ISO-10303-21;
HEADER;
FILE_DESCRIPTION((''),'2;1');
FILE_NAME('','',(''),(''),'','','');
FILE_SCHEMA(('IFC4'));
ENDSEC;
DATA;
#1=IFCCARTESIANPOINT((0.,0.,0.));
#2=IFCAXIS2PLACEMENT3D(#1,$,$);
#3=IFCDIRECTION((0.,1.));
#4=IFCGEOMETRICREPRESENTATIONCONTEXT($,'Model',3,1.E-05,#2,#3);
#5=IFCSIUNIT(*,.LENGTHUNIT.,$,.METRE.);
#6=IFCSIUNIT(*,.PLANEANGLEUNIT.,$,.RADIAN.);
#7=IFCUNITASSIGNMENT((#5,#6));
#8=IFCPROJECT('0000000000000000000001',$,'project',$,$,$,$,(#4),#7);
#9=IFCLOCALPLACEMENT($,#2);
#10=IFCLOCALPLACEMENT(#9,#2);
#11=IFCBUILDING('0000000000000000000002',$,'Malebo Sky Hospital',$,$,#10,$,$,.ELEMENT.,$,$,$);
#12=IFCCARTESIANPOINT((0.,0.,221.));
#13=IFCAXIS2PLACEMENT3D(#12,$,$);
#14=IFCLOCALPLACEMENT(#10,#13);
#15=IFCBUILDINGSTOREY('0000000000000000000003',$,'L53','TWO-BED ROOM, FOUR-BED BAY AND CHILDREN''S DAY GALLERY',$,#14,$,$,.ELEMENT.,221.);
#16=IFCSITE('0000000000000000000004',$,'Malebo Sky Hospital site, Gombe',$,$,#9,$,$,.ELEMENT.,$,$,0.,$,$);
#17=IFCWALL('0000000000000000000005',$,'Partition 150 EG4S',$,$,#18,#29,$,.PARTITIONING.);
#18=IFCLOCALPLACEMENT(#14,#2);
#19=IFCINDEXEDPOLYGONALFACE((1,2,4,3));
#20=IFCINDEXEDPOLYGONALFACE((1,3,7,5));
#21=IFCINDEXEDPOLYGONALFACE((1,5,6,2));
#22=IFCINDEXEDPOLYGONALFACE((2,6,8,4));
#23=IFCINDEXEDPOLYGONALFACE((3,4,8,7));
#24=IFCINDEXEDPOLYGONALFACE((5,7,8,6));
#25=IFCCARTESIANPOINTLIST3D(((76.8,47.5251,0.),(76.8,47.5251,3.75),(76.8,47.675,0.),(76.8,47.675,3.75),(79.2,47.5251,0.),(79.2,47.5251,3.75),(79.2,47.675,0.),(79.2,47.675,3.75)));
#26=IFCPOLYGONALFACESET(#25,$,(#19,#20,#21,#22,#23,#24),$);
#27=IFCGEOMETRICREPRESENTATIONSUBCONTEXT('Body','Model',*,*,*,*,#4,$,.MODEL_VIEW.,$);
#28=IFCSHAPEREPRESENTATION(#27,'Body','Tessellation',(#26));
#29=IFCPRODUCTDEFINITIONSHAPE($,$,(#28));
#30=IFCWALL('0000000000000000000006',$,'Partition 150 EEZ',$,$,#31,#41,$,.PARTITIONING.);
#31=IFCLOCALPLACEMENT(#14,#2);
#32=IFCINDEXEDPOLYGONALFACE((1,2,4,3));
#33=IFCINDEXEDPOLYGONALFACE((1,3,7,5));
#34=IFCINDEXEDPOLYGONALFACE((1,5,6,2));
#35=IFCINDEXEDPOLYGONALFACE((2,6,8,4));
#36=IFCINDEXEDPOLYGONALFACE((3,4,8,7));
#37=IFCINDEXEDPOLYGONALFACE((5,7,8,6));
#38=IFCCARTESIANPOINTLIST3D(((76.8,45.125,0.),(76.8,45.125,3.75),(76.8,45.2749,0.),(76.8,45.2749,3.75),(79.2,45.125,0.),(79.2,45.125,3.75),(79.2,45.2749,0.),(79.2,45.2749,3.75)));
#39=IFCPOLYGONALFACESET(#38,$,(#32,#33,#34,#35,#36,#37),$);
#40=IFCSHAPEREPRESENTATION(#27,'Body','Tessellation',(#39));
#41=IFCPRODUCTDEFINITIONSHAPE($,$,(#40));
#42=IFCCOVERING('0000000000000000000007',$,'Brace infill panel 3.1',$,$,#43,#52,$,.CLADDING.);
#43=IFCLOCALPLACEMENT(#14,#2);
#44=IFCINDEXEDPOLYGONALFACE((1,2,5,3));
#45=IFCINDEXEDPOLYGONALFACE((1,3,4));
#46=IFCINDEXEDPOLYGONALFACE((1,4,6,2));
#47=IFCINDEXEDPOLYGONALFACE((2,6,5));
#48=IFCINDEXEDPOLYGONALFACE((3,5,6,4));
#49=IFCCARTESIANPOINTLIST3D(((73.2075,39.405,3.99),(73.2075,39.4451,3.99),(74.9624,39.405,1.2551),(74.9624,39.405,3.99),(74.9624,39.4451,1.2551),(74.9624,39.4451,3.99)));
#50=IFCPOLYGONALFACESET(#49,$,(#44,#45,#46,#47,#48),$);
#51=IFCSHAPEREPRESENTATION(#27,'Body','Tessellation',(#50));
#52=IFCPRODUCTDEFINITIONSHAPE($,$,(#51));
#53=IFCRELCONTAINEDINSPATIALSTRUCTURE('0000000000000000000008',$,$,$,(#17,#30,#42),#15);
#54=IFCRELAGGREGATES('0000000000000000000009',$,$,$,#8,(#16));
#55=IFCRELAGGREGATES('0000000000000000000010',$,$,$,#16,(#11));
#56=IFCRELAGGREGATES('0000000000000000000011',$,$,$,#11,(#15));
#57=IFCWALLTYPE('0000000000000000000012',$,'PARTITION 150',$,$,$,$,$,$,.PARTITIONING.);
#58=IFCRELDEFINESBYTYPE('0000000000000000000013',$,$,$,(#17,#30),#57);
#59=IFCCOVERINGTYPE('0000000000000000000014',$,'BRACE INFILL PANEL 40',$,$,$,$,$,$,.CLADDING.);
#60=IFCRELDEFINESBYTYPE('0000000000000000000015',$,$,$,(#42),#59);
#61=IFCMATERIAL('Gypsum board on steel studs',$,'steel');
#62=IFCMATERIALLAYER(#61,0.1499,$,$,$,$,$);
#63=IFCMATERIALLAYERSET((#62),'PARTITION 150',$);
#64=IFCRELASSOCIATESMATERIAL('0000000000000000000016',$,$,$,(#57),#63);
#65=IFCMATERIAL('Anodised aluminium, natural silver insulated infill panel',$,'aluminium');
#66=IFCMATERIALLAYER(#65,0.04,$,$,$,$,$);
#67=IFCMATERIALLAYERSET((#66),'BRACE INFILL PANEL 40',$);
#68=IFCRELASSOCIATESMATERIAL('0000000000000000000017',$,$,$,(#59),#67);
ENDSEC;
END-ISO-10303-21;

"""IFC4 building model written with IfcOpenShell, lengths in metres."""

from ifc_helpers import new_model, si_unit, direction, frame, frame_2d, origin, place, context, subcontext, project, spatial, polyline, rectangle, outline, extrude, material, layer, layer_set, type_object, element, save


model = new_model("IFC4")

# Units and contexts
model_context = context("Model", 3, precision=1e-05, world=origin(), true_north=direction((0.0, 1.0)))
body_context = subcontext(model_context, "Body", "Model", "MODEL_VIEW")
ifc_project = project(units=[si_unit("LENGTHUNIT", "METRE"), si_unit("PLANEANGLEUNIT", "RADIAN")], contexts=[model_context])

# Site, building, storey
site_placement = place(None, origin())
site = spatial("IfcSite", under=ifc_project, at=site_placement, Name="Malebo Sky Hospital site, Gombe", CompositionType="ELEMENT", RefElevation=0.0)
building_placement = place(site_placement, origin())
building = spatial("IfcBuilding", under=site, at=building_placement, Name="Malebo Sky Hospital", CompositionType="ELEMENT")
storey_placement = place(building_placement, frame((0.0, 0.0, 221.0)))
storey = spatial("IfcBuildingStorey", under=building, at=storey_placement, Name="L53", Description="TWO-BED ROOM, FOUR-BED BAY AND CHILDREN'S DAY GALLERY", CompositionType="ELEMENT", Elevation=221.0)

# Shared definitions
ifc_material_1 = material(Name="Gypsum board on steel studs", Category="steel")

# Shared definitions
ifc_layer_1 = layer(ifc_material_1, 0.1499)
ifc_layer_set_1 = layer_set([ifc_layer_1], Name="PARTITION 150")
wall_type_1 = type_object("IfcWallType", Name="PARTITION 150", PredefinedType="PARTITIONING", material=ifc_layer_set_1)

# Walls
for number, where, z_axis, x_axis, name in (
    (1, (76.8, 47.6001, 0.0), (0.0, 0.0, 1.0), (1.0, 0.0, 0.0), "Partition 150 EG4S"),
    (2, (76.8, 45.2, 0.0), (0.0, 0.0, 1.0), (1.0, 0.0, 0.0), "Partition 150 EEZ"),
):
    element("IfcWall", number, at=place(storey_placement, frame(where, z_axis=z_axis, x_axis=x_axis)), inside=storey, type_object=wall_type_1, Name=name, PredefinedType="PARTITIONING", context=body_context, shape_type="SweptSolid", body=[
        extrude(rectangle(XDim=2.3999, YDim=0.1499, at=frame_2d((1.2, 0.0))), origin(), (0.0, 0.0, 1.0), 3.75),
    ])

# Covering
ifc_material_2 = material(Name="Anodised aluminium, natural silver insulated infill panel", Category="aluminium")
ifc_layer_2 = layer(ifc_material_2, 0.04)
ifc_layer_set_2 = layer_set([ifc_layer_2], Name="BRACE INFILL PANEL 40")
covering_type = type_object("IfcCoveringType", Name="BRACE INFILL PANEL 40", PredefinedType="CLADDING", material=ifc_layer_set_2)
covering_placement = place(storey_placement, frame((74.085, 39.425, 1.2551), z_axis=(0.0, 0.0, 1.0), x_axis=(-1.0, 0.0, 0.0)))
element("IfcCovering", 3, at=covering_placement, inside=storey, type_object=covering_type, Name="Brace infill panel 3.1", PredefinedType="CLADDING", context=body_context, shape_type="SweptSolid", body=[
    extrude(outline(polyline([(-0.8774, 0.0), (0.8774, 2.7349), (-0.8774, 2.7349), (-0.8774, 0.0)])), frame((0.0, 0.02, 0.0), z_axis=(0.0, -1.0, 0.0), x_axis=(1.0, 0.0, 0.0)), (0.0, 0.0, 1.0), 0.04),
])

save(model, "model.ifc")
